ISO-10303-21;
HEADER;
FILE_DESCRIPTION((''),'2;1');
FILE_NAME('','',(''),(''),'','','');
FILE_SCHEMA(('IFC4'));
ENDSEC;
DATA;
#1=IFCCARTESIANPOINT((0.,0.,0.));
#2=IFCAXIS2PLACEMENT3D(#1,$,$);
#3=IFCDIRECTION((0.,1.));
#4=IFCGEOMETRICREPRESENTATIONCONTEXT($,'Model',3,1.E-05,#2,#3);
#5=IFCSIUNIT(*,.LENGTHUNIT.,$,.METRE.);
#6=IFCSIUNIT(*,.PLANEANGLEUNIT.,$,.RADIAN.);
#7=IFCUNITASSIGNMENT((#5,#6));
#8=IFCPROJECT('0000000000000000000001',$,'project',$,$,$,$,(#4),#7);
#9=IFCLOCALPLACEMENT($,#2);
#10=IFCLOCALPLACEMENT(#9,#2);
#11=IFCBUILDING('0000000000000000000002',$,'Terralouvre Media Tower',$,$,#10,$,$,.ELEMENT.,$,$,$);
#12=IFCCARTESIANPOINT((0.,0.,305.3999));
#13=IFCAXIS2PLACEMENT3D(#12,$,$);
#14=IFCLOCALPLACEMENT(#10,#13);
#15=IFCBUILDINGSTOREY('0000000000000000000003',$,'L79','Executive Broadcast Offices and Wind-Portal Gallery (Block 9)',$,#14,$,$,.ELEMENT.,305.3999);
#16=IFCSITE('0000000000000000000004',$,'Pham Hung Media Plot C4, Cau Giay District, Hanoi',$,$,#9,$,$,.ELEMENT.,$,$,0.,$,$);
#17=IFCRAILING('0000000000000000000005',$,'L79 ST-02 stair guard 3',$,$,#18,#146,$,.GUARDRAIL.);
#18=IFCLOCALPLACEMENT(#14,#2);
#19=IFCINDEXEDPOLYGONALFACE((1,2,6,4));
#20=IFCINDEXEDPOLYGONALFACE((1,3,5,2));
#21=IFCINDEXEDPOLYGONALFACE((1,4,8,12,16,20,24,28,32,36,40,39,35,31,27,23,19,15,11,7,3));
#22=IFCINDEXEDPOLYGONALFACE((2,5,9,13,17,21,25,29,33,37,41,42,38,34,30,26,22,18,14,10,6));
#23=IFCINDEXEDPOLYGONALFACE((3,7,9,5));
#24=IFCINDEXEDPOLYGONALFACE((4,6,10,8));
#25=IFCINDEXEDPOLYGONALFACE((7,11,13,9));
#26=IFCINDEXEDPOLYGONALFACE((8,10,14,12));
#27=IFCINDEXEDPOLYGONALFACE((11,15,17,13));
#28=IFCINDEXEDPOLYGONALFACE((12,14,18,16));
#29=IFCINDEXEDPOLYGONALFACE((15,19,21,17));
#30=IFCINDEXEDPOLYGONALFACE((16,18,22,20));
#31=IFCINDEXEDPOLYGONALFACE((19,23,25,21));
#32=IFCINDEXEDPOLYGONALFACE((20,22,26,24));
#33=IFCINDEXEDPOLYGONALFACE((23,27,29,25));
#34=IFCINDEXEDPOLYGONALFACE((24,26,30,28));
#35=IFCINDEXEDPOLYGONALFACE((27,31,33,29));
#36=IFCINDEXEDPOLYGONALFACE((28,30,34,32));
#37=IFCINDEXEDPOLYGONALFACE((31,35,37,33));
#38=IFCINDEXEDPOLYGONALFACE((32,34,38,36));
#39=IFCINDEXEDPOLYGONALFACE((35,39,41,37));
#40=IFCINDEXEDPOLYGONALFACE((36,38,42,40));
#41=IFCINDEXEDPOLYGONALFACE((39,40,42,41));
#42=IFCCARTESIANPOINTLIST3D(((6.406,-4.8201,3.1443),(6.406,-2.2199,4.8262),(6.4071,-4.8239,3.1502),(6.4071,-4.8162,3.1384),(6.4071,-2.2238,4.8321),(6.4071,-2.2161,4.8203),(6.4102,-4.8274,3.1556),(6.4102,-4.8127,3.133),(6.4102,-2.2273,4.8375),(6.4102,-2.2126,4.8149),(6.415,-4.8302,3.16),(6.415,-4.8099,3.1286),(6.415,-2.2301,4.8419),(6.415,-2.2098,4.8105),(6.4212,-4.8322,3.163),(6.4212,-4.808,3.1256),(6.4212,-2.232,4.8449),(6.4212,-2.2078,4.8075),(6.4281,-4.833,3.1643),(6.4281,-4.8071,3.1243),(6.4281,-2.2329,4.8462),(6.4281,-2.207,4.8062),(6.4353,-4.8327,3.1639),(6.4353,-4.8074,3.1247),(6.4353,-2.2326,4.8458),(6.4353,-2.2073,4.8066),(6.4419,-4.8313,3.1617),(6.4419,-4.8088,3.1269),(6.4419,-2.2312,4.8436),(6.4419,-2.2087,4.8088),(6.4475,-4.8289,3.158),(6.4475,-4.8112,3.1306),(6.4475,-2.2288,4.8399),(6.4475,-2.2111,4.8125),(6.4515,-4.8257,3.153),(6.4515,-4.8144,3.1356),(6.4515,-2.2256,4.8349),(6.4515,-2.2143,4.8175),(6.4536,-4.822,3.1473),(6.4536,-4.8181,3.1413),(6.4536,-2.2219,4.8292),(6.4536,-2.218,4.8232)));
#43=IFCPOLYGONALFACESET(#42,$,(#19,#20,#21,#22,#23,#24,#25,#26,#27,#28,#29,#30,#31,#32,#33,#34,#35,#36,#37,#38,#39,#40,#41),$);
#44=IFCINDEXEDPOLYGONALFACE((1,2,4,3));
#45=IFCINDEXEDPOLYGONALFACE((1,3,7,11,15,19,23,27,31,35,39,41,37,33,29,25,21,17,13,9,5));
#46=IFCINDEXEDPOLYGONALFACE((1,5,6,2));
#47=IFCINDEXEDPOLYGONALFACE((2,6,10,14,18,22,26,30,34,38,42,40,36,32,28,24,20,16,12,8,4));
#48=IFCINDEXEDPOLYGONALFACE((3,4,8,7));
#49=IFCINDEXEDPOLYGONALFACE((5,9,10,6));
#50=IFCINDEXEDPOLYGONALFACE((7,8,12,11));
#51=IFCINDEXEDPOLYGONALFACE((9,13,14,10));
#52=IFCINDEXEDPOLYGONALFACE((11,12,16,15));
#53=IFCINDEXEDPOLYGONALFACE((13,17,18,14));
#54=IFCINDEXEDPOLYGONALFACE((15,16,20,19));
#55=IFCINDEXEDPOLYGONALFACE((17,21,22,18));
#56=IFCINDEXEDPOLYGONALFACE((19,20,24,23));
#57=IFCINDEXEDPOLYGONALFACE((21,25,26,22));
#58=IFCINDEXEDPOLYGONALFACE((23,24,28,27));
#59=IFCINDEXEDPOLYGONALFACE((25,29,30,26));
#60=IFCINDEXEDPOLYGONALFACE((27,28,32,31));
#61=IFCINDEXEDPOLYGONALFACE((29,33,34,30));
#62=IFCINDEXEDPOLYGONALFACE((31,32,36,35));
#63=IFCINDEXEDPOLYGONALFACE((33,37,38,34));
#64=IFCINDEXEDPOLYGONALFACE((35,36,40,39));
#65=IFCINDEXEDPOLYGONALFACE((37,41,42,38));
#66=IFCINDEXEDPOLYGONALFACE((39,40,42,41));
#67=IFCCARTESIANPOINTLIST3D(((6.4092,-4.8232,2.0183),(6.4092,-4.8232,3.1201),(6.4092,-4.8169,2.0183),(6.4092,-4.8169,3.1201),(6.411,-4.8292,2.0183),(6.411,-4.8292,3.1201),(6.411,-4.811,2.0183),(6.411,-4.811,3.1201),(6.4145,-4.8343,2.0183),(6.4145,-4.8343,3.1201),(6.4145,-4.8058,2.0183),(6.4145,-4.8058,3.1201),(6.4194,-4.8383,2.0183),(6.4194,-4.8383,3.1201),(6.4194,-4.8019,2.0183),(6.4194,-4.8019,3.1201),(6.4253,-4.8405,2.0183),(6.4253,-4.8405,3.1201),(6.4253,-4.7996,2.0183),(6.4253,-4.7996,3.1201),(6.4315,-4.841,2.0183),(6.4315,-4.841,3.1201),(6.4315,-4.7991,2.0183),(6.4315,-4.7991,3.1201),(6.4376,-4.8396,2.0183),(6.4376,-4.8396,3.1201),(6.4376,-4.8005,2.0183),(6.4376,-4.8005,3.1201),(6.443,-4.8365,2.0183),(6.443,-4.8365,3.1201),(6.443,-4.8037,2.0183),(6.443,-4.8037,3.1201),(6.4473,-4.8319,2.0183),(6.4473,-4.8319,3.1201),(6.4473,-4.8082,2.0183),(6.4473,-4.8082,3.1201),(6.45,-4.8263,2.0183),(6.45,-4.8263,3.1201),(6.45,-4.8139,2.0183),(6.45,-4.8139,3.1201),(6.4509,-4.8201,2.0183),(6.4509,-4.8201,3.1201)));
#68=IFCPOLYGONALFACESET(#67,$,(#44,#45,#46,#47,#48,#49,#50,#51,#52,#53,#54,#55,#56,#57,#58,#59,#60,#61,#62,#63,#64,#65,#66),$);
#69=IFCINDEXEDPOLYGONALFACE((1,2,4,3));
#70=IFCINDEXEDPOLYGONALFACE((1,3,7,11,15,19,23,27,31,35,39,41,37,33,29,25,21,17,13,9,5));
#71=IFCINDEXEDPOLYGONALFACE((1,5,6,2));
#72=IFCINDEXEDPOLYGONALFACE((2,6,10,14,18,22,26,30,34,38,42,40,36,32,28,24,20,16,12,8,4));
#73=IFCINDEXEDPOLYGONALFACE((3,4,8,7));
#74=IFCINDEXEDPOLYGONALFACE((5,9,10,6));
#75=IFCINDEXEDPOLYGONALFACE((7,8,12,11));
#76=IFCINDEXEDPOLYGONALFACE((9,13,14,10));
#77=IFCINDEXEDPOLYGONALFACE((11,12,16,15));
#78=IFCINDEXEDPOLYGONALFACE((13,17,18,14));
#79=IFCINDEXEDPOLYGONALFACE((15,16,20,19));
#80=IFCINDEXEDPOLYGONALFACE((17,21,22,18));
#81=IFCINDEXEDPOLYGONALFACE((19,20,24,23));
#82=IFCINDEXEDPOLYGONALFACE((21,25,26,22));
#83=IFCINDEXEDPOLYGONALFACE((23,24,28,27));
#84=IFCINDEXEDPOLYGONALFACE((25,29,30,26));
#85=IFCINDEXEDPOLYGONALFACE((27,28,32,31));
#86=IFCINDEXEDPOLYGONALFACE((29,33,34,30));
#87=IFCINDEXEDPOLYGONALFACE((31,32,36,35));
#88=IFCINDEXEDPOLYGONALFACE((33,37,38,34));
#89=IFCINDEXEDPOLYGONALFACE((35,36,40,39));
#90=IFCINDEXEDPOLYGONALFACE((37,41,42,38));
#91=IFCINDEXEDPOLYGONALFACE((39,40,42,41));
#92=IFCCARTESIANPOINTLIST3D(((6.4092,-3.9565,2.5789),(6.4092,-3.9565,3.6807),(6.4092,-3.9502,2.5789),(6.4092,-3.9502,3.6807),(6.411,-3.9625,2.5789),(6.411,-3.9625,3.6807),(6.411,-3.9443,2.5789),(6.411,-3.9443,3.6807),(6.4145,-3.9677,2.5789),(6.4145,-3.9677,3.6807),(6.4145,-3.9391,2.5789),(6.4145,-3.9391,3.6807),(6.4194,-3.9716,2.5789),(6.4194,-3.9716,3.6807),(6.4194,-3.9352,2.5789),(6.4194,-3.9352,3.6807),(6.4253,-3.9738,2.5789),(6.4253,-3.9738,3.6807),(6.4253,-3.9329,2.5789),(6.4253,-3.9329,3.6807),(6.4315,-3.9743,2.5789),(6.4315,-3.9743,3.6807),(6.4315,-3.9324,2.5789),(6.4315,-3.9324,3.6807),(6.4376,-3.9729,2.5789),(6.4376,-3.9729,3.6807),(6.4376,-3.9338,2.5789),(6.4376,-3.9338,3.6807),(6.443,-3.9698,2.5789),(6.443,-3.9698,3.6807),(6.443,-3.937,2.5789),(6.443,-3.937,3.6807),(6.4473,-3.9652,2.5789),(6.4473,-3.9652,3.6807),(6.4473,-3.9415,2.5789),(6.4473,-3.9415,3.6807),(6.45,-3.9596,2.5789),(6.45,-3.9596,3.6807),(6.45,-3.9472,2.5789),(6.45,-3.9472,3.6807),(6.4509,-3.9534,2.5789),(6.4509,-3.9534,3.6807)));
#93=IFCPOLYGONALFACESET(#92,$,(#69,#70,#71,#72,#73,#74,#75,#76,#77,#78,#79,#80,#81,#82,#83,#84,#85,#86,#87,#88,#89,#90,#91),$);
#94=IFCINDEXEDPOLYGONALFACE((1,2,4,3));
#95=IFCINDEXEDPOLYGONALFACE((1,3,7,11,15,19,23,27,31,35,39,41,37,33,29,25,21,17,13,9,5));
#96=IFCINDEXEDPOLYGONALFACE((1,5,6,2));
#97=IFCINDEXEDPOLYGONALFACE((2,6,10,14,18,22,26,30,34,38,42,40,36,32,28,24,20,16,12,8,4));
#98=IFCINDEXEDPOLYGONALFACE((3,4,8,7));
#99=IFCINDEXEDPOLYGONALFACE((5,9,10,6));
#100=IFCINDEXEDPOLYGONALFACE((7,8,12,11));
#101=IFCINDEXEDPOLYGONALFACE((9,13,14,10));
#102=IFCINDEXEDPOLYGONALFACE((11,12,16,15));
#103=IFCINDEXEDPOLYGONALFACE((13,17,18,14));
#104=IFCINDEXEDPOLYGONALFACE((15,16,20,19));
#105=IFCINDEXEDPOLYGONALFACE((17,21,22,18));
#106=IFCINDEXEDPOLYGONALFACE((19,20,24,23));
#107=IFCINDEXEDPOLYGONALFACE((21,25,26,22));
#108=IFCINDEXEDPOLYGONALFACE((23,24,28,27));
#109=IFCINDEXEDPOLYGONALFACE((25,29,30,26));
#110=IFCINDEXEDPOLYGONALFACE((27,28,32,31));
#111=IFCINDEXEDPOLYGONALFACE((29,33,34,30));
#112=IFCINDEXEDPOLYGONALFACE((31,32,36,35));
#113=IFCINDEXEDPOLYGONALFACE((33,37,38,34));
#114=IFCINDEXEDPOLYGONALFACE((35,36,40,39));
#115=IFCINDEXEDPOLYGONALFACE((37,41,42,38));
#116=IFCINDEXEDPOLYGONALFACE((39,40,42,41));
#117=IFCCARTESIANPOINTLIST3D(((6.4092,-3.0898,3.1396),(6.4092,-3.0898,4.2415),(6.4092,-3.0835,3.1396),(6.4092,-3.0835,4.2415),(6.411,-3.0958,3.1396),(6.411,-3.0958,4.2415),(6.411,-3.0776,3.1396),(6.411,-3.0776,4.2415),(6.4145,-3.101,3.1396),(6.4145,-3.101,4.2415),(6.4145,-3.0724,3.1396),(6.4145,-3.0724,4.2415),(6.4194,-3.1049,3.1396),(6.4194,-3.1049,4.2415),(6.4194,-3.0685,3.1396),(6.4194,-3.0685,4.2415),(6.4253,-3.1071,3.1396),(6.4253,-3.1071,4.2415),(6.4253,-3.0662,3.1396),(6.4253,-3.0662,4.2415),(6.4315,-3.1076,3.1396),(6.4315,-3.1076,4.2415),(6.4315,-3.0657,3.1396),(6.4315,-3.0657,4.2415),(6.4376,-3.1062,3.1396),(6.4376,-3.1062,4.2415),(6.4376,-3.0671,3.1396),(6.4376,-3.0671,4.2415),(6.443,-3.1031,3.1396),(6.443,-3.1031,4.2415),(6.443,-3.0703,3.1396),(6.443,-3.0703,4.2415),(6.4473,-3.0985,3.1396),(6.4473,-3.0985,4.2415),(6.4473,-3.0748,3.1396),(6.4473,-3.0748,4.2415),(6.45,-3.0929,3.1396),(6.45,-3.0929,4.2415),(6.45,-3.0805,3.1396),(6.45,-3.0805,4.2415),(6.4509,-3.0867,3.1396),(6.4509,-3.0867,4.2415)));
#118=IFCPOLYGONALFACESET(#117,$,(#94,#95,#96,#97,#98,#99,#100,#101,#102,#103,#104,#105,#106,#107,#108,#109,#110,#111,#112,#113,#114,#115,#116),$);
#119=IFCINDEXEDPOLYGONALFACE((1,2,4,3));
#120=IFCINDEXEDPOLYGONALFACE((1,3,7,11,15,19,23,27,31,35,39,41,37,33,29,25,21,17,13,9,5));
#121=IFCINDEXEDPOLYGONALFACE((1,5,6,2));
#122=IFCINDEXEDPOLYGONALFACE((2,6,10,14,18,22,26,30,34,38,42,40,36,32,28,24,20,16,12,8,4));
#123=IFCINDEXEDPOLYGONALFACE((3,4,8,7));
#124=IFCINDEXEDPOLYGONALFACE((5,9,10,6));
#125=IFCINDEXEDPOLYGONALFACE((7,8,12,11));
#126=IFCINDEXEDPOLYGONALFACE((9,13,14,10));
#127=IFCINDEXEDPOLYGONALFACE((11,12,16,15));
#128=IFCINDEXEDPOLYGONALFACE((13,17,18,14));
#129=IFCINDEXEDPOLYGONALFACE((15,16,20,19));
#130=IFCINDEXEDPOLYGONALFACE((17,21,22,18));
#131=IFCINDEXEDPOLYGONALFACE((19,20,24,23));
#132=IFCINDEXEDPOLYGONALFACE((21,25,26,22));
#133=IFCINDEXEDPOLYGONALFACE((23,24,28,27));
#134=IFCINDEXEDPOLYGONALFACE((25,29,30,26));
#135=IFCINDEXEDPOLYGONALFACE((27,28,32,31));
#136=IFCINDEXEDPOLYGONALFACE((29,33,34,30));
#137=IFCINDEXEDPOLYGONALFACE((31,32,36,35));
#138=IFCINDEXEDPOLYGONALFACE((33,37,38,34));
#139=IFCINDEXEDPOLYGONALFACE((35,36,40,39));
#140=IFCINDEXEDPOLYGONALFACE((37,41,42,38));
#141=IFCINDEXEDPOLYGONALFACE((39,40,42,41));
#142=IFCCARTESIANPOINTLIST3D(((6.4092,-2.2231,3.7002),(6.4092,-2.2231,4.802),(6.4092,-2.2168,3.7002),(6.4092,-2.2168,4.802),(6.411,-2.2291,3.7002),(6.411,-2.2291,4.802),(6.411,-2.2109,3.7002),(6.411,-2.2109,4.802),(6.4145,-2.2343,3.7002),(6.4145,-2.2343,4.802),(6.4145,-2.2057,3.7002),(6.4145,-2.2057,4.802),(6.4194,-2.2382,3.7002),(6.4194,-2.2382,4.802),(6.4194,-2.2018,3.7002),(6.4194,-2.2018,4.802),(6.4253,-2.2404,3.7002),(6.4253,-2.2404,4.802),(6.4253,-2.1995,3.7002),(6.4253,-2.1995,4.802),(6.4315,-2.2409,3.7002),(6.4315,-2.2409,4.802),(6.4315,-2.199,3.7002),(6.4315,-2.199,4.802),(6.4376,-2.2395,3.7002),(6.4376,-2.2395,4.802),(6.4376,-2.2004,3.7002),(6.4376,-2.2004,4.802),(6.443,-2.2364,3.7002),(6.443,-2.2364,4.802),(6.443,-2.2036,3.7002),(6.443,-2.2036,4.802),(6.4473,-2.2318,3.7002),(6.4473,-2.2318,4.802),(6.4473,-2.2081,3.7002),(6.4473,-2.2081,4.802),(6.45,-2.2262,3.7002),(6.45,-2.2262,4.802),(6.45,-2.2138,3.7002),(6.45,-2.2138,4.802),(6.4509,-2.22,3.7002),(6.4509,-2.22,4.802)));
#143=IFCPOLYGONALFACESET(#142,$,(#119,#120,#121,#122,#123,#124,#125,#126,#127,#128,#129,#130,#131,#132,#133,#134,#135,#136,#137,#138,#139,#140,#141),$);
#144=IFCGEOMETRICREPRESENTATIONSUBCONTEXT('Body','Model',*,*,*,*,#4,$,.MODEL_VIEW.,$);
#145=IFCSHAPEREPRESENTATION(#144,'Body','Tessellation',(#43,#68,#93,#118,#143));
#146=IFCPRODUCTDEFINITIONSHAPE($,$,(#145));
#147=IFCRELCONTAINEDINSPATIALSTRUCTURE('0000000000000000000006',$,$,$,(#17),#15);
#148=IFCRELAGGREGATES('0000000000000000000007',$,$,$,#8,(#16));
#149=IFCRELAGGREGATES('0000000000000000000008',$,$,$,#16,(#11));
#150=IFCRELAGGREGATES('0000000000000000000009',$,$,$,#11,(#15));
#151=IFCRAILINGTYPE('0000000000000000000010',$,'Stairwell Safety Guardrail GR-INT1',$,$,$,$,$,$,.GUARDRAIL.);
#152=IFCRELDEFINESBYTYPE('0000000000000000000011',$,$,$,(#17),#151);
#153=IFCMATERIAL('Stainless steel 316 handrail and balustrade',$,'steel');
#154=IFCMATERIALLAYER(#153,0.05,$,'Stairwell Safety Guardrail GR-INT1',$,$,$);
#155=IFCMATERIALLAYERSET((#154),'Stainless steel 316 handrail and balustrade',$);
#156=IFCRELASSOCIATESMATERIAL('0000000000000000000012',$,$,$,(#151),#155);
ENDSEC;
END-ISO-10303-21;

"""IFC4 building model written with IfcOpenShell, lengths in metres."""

from ifc_helpers import new_model, si_unit, direction, frame, origin, origin_2d, place, context, subcontext, project, spatial, circle, extrude, material, layer, layer_set, type_object, element, save


model = new_model("IFC4")

# Units and contexts
model_context = context("Model", 3, precision=1e-05, world=origin(), true_north=direction((0.0, 1.0)))
body_context = subcontext(model_context, "Body", "Model", "MODEL_VIEW")
ifc_project = project(units=[si_unit("LENGTHUNIT", "METRE"), si_unit("PLANEANGLEUNIT", "RADIAN")], contexts=[model_context])

# Site, building, storey
site_placement = place(None, origin())
site = spatial("IfcSite", under=ifc_project, at=site_placement, Name="Pham Hung Media Plot C4, Cau Giay District, Hanoi", CompositionType="ELEMENT", RefElevation=0.0)
building_placement = place(site_placement, origin())
building = spatial("IfcBuilding", under=site, at=building_placement, Name="Terralouvre Media Tower", CompositionType="ELEMENT")
storey_placement = place(building_placement, frame((0.0, 0.0, 305.3999)))
storey = spatial("IfcBuildingStorey", under=building, at=storey_placement, Name="L79", Description="Executive Broadcast Offices and Wind-Portal Gallery (Block 9)", CompositionType="ELEMENT", Elevation=305.3999)

# Railing
ifc_material_1 = material(Name="Stainless steel 316 handrail and balustrade", Category="steel")
ifc_layer_1 = layer(ifc_material_1, 0.05, Name="Stairwell Safety Guardrail GR-INT1")
ifc_layer_set_1 = layer_set([ifc_layer_1], Name="Stainless steel 316 handrail and balustrade")
railing_type_1 = type_object("IfcRailingType", Name="Stairwell Safety Guardrail GR-INT1", PredefinedType="GUARDRAIL", material=ifc_layer_set_1)
railing_1_placement = place(storey_placement, frame((6.4299, -4.8201, 2.0183)))
element("IfcRailing", 1, at=railing_1_placement, inside=storey, type_object=railing_type_1, Name="L79 ST-02 stair guard 3", PredefinedType="GUARDRAIL", context=body_context, shape_type="SweptSolid", body=[
    extrude(circle(Radius=0.0239, at=origin_2d()), frame((0.0, 0.0, 1.126), z_axis=(0.0, 0.839648, 0.54313), x_axis=(-1.0, 0.0, 0.0)), (0.0, 0.0, 1.0), 3.0967),
    extrude(circle(Radius=0.021, at=origin_2d()), origin(), (0.0, 0.0, 1.0), 1.1018),
    extrude(circle(Radius=0.021, at=origin_2d()), frame((0.0, 0.8667, 0.5605)), (0.0, 0.0, 1.0), 1.1018),
    extrude(circle(Radius=0.021, at=origin_2d()), frame((0.0, 1.7334, 1.1213)), (0.0, 0.0, 1.0), 1.1018),
    extrude(circle(Radius=0.021, at=origin_2d()), frame((0.0, 2.6001, 1.6819)), (0.0, 0.0, 1.0), 1.1018),
])

save(model, "model.ifc")
